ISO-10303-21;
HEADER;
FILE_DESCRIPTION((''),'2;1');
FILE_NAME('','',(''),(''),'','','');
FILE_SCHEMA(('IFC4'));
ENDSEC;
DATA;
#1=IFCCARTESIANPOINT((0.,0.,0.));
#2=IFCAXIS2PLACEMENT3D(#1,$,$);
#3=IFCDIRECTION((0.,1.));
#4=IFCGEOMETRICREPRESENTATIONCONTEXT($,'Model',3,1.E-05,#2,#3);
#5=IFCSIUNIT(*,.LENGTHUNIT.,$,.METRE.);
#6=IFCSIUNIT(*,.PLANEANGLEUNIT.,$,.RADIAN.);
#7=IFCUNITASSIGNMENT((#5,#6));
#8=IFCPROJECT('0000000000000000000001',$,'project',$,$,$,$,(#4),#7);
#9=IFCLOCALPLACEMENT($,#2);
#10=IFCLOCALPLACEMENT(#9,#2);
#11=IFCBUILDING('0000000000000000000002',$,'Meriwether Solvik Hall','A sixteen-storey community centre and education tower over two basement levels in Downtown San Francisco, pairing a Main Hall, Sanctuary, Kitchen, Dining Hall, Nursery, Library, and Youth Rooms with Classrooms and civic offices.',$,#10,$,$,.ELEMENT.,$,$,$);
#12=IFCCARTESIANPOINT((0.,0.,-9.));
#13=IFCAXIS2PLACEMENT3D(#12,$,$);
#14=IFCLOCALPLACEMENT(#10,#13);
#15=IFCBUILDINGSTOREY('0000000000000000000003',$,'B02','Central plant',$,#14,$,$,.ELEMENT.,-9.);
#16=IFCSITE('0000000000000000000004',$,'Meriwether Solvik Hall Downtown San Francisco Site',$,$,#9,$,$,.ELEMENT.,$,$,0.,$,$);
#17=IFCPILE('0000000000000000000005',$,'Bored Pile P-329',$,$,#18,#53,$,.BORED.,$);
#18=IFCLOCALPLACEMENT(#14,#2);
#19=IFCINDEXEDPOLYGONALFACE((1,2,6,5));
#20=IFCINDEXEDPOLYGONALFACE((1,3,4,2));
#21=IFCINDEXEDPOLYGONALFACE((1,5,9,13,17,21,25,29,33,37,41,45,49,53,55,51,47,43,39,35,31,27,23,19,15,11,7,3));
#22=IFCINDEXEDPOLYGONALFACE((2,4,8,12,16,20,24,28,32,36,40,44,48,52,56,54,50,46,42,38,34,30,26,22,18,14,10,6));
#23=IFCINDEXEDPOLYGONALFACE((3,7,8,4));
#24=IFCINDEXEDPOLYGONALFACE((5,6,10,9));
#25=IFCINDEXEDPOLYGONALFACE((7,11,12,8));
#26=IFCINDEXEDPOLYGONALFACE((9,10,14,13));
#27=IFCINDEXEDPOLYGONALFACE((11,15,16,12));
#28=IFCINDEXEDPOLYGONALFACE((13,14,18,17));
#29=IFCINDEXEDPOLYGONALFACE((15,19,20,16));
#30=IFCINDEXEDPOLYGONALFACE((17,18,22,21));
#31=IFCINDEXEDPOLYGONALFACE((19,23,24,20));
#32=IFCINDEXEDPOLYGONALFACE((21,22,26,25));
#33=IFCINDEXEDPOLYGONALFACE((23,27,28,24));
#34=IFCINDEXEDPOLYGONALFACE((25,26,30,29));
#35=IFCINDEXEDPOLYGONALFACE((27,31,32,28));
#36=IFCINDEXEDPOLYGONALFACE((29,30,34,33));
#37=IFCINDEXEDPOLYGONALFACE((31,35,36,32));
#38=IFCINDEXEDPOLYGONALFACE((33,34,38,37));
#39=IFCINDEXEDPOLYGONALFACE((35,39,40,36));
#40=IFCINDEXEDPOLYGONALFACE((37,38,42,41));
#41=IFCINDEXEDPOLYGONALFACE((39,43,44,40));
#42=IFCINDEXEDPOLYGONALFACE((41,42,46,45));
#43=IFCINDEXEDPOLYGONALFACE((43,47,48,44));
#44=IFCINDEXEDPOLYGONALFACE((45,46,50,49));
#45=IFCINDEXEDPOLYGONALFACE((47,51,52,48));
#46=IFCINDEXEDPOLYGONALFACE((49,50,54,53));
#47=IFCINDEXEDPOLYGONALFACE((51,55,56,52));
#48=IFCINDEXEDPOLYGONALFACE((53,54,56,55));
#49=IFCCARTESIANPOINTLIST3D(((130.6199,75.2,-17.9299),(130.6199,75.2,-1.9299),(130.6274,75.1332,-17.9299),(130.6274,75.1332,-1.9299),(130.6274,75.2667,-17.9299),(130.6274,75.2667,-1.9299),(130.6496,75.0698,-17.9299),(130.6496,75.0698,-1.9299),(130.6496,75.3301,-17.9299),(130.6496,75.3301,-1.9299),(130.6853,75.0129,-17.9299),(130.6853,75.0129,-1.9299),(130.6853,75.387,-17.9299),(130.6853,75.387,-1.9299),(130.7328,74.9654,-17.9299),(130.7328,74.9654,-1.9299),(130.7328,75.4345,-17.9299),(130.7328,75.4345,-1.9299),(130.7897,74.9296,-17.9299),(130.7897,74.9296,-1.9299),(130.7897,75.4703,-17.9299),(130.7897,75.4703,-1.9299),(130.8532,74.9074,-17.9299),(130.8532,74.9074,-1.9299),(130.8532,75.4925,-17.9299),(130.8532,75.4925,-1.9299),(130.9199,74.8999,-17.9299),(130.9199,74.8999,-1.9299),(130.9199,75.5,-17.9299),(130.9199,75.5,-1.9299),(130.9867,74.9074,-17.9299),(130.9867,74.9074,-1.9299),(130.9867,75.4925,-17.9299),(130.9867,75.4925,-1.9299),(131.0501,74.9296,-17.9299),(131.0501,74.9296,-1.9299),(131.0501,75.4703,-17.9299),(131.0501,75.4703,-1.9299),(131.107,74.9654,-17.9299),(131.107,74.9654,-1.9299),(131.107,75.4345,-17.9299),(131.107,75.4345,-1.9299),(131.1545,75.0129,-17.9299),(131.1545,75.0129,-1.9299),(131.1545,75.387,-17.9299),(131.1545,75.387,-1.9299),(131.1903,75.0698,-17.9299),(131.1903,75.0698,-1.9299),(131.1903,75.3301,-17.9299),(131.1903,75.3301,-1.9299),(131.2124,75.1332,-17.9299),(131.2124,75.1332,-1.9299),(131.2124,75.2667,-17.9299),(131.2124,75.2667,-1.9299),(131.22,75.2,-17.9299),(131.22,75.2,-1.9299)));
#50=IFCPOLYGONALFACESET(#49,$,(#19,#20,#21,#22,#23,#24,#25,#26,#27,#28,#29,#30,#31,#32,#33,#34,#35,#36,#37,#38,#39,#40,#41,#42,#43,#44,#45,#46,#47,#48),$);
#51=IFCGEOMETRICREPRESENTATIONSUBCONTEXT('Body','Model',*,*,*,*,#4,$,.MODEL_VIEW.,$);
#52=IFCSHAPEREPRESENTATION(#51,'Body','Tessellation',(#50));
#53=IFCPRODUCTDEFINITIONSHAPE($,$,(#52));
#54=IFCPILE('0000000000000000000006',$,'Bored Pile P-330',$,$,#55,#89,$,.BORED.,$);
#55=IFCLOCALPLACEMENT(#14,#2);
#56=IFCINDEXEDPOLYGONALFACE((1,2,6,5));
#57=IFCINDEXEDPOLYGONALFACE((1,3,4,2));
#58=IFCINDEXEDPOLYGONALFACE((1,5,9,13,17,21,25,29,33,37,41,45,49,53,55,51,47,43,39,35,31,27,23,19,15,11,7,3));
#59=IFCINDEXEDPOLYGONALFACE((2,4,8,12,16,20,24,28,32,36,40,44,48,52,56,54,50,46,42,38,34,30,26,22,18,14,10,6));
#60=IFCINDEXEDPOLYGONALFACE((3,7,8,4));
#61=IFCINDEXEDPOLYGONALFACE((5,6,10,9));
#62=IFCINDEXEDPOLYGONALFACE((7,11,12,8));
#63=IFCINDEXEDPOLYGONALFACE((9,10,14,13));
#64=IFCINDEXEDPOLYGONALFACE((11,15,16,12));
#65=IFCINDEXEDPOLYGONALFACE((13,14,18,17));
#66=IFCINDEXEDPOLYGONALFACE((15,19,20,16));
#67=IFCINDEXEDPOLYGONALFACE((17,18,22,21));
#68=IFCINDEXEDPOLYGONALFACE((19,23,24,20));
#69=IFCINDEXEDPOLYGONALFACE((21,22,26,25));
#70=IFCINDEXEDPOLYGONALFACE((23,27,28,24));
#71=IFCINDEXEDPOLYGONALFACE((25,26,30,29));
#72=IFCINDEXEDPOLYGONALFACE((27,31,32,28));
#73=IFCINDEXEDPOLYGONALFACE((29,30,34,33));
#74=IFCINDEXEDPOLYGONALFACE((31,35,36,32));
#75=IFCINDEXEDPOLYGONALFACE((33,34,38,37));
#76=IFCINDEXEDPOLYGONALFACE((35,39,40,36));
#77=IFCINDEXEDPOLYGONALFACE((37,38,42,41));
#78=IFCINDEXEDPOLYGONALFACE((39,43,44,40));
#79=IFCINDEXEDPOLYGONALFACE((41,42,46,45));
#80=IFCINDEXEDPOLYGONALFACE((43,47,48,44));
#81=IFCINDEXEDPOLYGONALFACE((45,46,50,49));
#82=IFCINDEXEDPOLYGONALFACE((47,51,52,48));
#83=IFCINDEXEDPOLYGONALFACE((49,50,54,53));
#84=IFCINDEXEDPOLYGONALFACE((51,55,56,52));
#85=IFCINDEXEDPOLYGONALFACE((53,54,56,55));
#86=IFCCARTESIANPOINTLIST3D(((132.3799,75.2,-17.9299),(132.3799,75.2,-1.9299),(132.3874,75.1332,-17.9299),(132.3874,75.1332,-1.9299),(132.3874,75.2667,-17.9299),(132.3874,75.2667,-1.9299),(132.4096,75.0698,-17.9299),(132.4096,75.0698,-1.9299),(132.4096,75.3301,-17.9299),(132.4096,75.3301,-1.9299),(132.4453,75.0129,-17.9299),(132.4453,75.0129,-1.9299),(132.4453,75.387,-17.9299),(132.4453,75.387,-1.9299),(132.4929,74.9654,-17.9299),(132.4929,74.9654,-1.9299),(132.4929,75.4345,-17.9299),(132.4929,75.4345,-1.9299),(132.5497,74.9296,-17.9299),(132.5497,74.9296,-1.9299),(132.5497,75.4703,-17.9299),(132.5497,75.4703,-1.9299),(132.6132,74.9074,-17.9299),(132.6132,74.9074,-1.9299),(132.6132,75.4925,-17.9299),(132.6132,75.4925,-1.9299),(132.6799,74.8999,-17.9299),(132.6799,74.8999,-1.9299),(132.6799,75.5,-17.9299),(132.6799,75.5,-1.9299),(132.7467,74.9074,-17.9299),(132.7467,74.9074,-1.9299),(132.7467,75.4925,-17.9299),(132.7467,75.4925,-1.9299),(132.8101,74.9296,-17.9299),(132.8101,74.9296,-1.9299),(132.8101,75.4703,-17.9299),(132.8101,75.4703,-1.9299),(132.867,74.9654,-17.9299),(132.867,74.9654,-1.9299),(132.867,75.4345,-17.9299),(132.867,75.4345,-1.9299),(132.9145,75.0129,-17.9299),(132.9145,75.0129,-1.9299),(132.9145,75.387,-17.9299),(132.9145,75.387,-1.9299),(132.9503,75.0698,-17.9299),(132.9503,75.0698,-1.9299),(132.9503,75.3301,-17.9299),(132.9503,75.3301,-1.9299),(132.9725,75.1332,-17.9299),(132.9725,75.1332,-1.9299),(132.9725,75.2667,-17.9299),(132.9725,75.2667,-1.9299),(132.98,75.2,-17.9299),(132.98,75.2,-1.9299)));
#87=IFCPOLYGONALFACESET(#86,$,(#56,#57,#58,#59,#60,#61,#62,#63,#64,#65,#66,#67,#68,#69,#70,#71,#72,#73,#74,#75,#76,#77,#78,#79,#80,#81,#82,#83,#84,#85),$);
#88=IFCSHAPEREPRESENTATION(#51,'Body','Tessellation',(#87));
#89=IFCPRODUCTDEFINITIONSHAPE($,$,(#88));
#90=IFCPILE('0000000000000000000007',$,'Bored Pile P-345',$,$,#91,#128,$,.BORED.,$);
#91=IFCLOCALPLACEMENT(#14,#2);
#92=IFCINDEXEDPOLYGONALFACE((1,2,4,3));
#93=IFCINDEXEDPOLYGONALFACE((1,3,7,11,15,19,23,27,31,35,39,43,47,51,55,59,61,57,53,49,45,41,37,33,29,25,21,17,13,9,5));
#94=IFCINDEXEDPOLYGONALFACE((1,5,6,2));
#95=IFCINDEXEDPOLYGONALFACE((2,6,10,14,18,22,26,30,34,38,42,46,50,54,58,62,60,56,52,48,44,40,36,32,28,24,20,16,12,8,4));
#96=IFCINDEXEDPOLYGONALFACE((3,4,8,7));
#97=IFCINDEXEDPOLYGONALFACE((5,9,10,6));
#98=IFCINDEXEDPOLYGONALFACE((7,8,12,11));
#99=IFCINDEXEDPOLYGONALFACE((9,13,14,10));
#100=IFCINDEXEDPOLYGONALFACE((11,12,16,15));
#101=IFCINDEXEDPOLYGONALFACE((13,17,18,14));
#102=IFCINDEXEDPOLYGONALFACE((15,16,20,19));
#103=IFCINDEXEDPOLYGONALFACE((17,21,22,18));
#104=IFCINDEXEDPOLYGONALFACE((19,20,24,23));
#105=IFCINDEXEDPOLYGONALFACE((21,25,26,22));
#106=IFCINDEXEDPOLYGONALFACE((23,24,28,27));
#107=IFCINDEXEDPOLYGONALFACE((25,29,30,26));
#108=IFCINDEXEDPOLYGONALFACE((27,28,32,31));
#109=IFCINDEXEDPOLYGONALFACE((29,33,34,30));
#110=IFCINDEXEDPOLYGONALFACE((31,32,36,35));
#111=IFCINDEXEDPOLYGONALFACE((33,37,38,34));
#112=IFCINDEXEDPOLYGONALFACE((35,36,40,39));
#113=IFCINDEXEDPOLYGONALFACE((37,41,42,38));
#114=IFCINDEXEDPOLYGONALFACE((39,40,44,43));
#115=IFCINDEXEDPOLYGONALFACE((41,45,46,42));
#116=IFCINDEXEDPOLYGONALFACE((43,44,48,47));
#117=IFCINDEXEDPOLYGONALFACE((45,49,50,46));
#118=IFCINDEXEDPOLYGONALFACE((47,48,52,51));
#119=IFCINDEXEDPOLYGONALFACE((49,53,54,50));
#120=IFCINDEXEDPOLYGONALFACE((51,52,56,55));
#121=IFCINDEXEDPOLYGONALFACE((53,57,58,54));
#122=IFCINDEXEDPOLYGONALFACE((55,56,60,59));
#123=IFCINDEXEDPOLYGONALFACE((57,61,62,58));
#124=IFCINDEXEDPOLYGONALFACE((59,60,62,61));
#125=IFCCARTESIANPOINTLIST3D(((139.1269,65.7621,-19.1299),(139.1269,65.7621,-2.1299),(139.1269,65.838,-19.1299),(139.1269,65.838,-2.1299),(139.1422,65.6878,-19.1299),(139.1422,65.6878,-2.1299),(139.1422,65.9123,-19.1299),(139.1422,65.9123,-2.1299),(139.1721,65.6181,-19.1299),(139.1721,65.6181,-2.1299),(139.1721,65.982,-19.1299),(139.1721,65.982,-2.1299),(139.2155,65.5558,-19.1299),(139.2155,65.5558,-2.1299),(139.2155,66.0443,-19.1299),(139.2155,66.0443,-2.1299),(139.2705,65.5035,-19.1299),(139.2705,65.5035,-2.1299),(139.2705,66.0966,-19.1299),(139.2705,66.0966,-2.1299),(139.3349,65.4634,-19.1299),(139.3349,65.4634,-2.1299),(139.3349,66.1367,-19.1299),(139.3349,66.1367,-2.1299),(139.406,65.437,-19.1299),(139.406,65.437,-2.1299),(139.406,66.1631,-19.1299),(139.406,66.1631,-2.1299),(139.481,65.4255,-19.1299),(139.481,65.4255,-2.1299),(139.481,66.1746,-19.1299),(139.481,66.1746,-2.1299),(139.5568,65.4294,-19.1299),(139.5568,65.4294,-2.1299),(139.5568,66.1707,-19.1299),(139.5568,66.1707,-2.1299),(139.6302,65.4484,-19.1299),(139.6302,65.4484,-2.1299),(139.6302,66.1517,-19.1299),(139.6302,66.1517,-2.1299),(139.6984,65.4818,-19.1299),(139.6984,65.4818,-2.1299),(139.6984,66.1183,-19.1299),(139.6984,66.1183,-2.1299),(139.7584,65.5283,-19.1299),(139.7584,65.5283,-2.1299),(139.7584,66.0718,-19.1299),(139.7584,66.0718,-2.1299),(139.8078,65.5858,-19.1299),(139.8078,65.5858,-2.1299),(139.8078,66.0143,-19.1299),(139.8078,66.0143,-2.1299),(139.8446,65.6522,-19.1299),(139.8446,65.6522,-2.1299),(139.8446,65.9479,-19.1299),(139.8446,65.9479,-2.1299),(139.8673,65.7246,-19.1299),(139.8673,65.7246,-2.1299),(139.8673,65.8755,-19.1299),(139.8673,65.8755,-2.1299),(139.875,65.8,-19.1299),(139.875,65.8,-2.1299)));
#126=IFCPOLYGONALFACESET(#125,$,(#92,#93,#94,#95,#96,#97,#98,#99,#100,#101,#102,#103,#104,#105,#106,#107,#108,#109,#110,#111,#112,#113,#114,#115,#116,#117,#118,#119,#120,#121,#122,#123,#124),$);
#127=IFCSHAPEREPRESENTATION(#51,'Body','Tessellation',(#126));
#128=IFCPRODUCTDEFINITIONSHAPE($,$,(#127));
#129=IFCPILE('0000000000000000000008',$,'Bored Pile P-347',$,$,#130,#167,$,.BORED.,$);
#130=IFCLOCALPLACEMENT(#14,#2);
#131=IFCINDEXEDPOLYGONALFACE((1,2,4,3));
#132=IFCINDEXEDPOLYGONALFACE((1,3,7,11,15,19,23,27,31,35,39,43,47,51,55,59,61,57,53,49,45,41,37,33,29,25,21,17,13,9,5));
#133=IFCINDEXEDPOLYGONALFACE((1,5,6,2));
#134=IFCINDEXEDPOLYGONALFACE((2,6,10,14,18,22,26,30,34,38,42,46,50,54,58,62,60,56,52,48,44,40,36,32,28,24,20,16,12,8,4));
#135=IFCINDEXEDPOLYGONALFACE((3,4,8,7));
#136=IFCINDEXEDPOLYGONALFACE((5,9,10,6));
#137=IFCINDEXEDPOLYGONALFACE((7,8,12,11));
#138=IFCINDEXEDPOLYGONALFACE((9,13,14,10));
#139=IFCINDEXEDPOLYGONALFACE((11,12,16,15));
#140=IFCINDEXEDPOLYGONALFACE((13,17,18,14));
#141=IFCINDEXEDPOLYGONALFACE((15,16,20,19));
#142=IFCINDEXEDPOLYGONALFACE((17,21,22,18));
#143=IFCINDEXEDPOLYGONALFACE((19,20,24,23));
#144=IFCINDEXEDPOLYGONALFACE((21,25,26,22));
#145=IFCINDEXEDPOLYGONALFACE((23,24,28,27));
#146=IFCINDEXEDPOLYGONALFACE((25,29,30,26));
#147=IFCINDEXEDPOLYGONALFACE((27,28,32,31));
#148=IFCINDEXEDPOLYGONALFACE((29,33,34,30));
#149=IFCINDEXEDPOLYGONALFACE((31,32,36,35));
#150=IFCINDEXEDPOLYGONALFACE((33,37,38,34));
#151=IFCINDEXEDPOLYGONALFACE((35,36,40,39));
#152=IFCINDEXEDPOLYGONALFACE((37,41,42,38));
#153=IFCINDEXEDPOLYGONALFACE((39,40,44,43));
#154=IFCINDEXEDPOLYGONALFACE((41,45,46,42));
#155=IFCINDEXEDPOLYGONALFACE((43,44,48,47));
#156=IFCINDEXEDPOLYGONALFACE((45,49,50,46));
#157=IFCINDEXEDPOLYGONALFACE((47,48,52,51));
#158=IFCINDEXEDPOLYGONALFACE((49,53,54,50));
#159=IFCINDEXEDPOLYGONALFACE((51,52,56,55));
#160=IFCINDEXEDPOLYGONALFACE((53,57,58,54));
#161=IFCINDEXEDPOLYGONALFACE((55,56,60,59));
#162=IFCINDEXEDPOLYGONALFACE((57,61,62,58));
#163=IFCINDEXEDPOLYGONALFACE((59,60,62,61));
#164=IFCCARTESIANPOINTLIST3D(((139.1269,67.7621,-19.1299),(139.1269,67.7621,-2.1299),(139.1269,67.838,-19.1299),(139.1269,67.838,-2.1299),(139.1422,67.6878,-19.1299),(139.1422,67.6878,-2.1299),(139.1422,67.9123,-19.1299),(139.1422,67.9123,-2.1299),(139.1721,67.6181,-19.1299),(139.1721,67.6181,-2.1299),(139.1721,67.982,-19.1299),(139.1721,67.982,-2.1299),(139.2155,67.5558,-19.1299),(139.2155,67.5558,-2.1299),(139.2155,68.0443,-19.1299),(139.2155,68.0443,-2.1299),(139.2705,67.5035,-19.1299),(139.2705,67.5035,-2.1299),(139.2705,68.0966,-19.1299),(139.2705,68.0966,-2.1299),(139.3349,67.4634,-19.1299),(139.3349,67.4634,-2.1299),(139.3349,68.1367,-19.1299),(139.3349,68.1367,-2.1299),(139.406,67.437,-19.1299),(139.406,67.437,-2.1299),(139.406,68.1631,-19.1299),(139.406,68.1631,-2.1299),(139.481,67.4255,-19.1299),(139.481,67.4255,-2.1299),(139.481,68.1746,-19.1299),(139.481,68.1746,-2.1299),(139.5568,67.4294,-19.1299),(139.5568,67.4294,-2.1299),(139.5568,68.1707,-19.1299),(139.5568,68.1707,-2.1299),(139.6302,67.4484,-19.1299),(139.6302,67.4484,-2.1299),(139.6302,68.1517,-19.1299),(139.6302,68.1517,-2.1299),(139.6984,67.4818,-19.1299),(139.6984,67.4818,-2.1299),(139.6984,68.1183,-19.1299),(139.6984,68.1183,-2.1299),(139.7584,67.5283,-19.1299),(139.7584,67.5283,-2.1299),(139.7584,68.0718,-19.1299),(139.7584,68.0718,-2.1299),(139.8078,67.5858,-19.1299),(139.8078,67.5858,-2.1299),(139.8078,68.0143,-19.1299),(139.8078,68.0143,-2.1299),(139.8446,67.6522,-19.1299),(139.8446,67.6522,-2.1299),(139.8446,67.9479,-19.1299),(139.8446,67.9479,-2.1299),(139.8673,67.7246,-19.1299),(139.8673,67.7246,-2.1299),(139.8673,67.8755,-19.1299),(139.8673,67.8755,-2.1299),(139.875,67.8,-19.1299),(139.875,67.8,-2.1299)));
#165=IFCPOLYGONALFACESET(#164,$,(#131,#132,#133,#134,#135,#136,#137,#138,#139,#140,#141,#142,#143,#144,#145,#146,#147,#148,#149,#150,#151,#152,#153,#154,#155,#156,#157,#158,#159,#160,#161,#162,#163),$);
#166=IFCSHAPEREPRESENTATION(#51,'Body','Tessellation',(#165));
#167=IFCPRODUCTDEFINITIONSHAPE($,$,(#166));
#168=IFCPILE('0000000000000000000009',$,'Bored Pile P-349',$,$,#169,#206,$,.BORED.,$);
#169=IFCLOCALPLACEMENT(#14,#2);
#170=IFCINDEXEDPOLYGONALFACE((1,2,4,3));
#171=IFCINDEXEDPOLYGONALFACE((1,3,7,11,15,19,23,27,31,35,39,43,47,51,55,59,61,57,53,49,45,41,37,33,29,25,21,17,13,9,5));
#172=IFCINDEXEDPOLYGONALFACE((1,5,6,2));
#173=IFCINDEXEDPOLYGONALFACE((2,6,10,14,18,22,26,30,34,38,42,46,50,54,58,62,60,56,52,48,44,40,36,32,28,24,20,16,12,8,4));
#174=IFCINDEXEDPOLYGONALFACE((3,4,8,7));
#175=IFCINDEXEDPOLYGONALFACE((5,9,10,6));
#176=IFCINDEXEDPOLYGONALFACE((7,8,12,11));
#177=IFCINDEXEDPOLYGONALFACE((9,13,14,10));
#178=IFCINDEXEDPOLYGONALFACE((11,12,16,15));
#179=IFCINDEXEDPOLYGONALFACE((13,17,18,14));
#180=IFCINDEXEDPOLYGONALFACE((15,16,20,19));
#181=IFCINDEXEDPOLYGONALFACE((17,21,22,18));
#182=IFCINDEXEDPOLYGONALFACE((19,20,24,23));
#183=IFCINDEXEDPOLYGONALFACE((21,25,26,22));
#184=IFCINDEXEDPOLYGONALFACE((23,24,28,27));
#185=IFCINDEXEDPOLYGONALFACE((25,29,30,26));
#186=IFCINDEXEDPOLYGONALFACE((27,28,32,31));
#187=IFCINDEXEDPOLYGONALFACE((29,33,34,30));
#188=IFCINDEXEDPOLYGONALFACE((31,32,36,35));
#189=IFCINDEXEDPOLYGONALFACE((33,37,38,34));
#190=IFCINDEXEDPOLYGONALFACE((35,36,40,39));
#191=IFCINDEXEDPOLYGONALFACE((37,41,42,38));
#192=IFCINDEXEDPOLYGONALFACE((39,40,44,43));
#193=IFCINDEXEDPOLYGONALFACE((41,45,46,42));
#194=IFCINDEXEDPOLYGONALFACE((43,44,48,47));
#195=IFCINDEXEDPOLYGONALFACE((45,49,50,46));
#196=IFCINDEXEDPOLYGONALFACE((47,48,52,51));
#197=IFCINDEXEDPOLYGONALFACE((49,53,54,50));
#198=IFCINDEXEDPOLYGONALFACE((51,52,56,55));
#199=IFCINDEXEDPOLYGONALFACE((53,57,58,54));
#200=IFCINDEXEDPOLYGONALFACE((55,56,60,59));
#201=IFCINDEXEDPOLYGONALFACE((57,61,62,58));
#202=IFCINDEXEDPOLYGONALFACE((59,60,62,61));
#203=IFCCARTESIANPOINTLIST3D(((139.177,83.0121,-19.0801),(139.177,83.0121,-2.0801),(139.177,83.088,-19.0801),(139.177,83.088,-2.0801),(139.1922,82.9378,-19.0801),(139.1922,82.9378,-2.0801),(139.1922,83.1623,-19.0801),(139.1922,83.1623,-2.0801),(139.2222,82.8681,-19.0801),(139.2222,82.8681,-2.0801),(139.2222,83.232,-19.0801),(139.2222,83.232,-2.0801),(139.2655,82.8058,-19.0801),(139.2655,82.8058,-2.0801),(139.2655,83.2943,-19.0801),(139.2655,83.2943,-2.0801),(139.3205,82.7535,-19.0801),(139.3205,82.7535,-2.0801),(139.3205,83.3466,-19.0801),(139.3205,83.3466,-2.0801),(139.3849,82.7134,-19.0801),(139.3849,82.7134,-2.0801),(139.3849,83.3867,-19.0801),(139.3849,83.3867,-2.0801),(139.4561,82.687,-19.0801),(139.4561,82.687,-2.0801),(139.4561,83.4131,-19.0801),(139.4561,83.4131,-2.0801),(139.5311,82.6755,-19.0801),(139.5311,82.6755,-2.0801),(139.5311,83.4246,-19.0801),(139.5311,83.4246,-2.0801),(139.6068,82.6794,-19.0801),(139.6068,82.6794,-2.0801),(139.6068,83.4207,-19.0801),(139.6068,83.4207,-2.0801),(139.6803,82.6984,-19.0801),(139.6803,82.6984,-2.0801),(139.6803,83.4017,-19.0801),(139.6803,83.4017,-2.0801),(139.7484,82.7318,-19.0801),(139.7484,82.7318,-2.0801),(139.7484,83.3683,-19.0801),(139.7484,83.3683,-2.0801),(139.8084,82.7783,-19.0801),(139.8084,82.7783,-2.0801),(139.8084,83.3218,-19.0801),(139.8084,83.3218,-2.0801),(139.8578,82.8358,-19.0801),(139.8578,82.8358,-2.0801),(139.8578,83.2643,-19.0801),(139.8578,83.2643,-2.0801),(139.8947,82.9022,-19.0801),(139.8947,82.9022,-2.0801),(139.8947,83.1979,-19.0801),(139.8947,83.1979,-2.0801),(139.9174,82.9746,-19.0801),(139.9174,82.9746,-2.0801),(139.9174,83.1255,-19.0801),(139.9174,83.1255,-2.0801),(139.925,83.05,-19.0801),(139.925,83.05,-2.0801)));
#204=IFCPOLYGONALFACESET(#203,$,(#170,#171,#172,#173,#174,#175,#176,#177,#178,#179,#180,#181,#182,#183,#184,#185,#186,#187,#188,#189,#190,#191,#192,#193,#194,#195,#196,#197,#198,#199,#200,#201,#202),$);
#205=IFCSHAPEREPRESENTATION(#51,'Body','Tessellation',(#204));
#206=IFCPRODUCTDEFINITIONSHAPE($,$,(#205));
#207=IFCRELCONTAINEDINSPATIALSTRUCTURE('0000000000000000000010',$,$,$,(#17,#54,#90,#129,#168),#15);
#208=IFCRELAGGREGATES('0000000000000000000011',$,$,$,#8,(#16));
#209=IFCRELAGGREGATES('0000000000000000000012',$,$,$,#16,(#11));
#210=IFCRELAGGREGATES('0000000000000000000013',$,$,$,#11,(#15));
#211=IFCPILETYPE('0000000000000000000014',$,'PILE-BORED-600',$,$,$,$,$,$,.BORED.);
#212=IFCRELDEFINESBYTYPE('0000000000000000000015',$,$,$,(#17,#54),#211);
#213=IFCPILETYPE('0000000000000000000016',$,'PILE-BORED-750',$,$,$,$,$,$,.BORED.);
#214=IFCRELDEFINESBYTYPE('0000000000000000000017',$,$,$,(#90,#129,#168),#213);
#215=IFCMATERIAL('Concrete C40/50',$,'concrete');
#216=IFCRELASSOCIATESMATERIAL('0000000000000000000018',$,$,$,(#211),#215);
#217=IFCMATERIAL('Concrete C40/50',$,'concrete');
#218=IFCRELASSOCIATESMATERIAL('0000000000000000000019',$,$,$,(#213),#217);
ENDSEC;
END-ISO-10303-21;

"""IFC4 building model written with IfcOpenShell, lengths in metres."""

from ifc_helpers import new_model, si_unit, direction, frame, origin, origin_2d, place, context, subcontext, project, spatial, circle, extrude, material, material_profile, profile_set, type_object, element, save


model = new_model("IFC4")

# Units and contexts
model_context = context("Model", 3, precision=1e-05, world=origin(), true_north=direction((0.0, 1.0)))
body_context = subcontext(model_context, "Body", "Model", "MODEL_VIEW")
ifc_project = project(units=[si_unit("LENGTHUNIT", "METRE"), si_unit("PLANEANGLEUNIT", "RADIAN")], contexts=[model_context])

# Site, building, storey
site_placement = place(None, origin())
site = spatial("IfcSite", under=ifc_project, at=site_placement, Name="Meriwether Solvik Hall Downtown San Francisco Site", CompositionType="ELEMENT", RefElevation=0.0)
building_placement = place(site_placement, origin())
building = spatial("IfcBuilding", under=site, at=building_placement, Name="Meriwether Solvik Hall", Description="A sixteen-storey community centre and education tower over two basement levels in Downtown San Francisco, pairing a Main Hall, Sanctuary, Kitchen, Dining Hall, Nursery, Library, and Youth Rooms with Classrooms and civic offices.", CompositionType="ELEMENT")
storey_placement = place(building_placement, frame((0.0, 0.0, -9.0)))
storey = spatial("IfcBuildingStorey", under=building, at=storey_placement, Name="B02", Description="Central plant", CompositionType="ELEMENT", Elevation=-9.0)

# Piles
ifc_material_1 = material(Name="Concrete C40/50", Category="concrete")
ifc_material_profile_1 = material_profile(ifc_material_1, circle(Radius=0.3, at=origin_2d()), Name="PILE-D600")
ifc_profile_set_1 = profile_set([ifc_material_profile_1], Name="Concrete C40/50")
pile_type_1 = type_object("IfcPileType", Name="PILE-BORED-600", PredefinedType="BORED", material=ifc_profile_set_1)
for number, where, z_axis, x_axis, name in (
    (1, (130.9199, 75.2, -1.9299), (0.0, 0.0, -1.0), (1.0, 0.0, 0.0), "Bored Pile P-329"),
    (2, (132.6799, 75.2, -1.9299), (0.0, 0.0, -1.0), (1.0, 0.0, 0.0), "Bored Pile P-330"),
):
    element("IfcPile", number, at=place(storey_placement, frame(where, z_axis=z_axis, x_axis=x_axis)), inside=storey, type_object=pile_type_1, Name=name, PredefinedType="BORED", context=body_context, shape_type="SweptSolid", body=[
        extrude(circle(Radius=0.3, at=origin_2d()), origin(), (0.0, 0.0, 1.0), 16.0),
    ])
ifc_material_2 = material(Name="Concrete C40/50", Category="concrete")
ifc_material_profile_2 = material_profile(ifc_material_2, circle(Radius=0.375, at=origin_2d()), Name="PILE-D750")
ifc_profile_set_2 = profile_set([ifc_material_profile_2], Name="Concrete C40/50")
pile_type_2 = type_object("IfcPileType", Name="PILE-BORED-750", PredefinedType="BORED", material=ifc_profile_set_2)
for number, where, z_axis, x_axis, name in (
    (3, (139.5, 65.8, -2.1299), (0.0, 0.0, -1.0), (1.0, 0.0, 0.0), "Bored Pile P-345"),
    (4, (139.5, 67.8, -2.1299), (0.0, 0.0, -1.0), (1.0, 0.0, 0.0), "Bored Pile P-347"),
    (5, (139.55, 83.05, -2.0801), (0.0, 0.0, -1.0), (1.0, 0.0, 0.0), "Bored Pile P-349"),
):
    element("IfcPile", number, at=place(storey_placement, frame(where, z_axis=z_axis, x_axis=x_axis)), inside=storey, type_object=pile_type_2, Name=name, PredefinedType="BORED", context=body_context, shape_type="SweptSolid", body=[
        extrude(circle(Radius=0.375, at=origin_2d()), origin(), (0.0, 0.0, 1.0), 17.0),
    ])

save(model, "model.ifc")
